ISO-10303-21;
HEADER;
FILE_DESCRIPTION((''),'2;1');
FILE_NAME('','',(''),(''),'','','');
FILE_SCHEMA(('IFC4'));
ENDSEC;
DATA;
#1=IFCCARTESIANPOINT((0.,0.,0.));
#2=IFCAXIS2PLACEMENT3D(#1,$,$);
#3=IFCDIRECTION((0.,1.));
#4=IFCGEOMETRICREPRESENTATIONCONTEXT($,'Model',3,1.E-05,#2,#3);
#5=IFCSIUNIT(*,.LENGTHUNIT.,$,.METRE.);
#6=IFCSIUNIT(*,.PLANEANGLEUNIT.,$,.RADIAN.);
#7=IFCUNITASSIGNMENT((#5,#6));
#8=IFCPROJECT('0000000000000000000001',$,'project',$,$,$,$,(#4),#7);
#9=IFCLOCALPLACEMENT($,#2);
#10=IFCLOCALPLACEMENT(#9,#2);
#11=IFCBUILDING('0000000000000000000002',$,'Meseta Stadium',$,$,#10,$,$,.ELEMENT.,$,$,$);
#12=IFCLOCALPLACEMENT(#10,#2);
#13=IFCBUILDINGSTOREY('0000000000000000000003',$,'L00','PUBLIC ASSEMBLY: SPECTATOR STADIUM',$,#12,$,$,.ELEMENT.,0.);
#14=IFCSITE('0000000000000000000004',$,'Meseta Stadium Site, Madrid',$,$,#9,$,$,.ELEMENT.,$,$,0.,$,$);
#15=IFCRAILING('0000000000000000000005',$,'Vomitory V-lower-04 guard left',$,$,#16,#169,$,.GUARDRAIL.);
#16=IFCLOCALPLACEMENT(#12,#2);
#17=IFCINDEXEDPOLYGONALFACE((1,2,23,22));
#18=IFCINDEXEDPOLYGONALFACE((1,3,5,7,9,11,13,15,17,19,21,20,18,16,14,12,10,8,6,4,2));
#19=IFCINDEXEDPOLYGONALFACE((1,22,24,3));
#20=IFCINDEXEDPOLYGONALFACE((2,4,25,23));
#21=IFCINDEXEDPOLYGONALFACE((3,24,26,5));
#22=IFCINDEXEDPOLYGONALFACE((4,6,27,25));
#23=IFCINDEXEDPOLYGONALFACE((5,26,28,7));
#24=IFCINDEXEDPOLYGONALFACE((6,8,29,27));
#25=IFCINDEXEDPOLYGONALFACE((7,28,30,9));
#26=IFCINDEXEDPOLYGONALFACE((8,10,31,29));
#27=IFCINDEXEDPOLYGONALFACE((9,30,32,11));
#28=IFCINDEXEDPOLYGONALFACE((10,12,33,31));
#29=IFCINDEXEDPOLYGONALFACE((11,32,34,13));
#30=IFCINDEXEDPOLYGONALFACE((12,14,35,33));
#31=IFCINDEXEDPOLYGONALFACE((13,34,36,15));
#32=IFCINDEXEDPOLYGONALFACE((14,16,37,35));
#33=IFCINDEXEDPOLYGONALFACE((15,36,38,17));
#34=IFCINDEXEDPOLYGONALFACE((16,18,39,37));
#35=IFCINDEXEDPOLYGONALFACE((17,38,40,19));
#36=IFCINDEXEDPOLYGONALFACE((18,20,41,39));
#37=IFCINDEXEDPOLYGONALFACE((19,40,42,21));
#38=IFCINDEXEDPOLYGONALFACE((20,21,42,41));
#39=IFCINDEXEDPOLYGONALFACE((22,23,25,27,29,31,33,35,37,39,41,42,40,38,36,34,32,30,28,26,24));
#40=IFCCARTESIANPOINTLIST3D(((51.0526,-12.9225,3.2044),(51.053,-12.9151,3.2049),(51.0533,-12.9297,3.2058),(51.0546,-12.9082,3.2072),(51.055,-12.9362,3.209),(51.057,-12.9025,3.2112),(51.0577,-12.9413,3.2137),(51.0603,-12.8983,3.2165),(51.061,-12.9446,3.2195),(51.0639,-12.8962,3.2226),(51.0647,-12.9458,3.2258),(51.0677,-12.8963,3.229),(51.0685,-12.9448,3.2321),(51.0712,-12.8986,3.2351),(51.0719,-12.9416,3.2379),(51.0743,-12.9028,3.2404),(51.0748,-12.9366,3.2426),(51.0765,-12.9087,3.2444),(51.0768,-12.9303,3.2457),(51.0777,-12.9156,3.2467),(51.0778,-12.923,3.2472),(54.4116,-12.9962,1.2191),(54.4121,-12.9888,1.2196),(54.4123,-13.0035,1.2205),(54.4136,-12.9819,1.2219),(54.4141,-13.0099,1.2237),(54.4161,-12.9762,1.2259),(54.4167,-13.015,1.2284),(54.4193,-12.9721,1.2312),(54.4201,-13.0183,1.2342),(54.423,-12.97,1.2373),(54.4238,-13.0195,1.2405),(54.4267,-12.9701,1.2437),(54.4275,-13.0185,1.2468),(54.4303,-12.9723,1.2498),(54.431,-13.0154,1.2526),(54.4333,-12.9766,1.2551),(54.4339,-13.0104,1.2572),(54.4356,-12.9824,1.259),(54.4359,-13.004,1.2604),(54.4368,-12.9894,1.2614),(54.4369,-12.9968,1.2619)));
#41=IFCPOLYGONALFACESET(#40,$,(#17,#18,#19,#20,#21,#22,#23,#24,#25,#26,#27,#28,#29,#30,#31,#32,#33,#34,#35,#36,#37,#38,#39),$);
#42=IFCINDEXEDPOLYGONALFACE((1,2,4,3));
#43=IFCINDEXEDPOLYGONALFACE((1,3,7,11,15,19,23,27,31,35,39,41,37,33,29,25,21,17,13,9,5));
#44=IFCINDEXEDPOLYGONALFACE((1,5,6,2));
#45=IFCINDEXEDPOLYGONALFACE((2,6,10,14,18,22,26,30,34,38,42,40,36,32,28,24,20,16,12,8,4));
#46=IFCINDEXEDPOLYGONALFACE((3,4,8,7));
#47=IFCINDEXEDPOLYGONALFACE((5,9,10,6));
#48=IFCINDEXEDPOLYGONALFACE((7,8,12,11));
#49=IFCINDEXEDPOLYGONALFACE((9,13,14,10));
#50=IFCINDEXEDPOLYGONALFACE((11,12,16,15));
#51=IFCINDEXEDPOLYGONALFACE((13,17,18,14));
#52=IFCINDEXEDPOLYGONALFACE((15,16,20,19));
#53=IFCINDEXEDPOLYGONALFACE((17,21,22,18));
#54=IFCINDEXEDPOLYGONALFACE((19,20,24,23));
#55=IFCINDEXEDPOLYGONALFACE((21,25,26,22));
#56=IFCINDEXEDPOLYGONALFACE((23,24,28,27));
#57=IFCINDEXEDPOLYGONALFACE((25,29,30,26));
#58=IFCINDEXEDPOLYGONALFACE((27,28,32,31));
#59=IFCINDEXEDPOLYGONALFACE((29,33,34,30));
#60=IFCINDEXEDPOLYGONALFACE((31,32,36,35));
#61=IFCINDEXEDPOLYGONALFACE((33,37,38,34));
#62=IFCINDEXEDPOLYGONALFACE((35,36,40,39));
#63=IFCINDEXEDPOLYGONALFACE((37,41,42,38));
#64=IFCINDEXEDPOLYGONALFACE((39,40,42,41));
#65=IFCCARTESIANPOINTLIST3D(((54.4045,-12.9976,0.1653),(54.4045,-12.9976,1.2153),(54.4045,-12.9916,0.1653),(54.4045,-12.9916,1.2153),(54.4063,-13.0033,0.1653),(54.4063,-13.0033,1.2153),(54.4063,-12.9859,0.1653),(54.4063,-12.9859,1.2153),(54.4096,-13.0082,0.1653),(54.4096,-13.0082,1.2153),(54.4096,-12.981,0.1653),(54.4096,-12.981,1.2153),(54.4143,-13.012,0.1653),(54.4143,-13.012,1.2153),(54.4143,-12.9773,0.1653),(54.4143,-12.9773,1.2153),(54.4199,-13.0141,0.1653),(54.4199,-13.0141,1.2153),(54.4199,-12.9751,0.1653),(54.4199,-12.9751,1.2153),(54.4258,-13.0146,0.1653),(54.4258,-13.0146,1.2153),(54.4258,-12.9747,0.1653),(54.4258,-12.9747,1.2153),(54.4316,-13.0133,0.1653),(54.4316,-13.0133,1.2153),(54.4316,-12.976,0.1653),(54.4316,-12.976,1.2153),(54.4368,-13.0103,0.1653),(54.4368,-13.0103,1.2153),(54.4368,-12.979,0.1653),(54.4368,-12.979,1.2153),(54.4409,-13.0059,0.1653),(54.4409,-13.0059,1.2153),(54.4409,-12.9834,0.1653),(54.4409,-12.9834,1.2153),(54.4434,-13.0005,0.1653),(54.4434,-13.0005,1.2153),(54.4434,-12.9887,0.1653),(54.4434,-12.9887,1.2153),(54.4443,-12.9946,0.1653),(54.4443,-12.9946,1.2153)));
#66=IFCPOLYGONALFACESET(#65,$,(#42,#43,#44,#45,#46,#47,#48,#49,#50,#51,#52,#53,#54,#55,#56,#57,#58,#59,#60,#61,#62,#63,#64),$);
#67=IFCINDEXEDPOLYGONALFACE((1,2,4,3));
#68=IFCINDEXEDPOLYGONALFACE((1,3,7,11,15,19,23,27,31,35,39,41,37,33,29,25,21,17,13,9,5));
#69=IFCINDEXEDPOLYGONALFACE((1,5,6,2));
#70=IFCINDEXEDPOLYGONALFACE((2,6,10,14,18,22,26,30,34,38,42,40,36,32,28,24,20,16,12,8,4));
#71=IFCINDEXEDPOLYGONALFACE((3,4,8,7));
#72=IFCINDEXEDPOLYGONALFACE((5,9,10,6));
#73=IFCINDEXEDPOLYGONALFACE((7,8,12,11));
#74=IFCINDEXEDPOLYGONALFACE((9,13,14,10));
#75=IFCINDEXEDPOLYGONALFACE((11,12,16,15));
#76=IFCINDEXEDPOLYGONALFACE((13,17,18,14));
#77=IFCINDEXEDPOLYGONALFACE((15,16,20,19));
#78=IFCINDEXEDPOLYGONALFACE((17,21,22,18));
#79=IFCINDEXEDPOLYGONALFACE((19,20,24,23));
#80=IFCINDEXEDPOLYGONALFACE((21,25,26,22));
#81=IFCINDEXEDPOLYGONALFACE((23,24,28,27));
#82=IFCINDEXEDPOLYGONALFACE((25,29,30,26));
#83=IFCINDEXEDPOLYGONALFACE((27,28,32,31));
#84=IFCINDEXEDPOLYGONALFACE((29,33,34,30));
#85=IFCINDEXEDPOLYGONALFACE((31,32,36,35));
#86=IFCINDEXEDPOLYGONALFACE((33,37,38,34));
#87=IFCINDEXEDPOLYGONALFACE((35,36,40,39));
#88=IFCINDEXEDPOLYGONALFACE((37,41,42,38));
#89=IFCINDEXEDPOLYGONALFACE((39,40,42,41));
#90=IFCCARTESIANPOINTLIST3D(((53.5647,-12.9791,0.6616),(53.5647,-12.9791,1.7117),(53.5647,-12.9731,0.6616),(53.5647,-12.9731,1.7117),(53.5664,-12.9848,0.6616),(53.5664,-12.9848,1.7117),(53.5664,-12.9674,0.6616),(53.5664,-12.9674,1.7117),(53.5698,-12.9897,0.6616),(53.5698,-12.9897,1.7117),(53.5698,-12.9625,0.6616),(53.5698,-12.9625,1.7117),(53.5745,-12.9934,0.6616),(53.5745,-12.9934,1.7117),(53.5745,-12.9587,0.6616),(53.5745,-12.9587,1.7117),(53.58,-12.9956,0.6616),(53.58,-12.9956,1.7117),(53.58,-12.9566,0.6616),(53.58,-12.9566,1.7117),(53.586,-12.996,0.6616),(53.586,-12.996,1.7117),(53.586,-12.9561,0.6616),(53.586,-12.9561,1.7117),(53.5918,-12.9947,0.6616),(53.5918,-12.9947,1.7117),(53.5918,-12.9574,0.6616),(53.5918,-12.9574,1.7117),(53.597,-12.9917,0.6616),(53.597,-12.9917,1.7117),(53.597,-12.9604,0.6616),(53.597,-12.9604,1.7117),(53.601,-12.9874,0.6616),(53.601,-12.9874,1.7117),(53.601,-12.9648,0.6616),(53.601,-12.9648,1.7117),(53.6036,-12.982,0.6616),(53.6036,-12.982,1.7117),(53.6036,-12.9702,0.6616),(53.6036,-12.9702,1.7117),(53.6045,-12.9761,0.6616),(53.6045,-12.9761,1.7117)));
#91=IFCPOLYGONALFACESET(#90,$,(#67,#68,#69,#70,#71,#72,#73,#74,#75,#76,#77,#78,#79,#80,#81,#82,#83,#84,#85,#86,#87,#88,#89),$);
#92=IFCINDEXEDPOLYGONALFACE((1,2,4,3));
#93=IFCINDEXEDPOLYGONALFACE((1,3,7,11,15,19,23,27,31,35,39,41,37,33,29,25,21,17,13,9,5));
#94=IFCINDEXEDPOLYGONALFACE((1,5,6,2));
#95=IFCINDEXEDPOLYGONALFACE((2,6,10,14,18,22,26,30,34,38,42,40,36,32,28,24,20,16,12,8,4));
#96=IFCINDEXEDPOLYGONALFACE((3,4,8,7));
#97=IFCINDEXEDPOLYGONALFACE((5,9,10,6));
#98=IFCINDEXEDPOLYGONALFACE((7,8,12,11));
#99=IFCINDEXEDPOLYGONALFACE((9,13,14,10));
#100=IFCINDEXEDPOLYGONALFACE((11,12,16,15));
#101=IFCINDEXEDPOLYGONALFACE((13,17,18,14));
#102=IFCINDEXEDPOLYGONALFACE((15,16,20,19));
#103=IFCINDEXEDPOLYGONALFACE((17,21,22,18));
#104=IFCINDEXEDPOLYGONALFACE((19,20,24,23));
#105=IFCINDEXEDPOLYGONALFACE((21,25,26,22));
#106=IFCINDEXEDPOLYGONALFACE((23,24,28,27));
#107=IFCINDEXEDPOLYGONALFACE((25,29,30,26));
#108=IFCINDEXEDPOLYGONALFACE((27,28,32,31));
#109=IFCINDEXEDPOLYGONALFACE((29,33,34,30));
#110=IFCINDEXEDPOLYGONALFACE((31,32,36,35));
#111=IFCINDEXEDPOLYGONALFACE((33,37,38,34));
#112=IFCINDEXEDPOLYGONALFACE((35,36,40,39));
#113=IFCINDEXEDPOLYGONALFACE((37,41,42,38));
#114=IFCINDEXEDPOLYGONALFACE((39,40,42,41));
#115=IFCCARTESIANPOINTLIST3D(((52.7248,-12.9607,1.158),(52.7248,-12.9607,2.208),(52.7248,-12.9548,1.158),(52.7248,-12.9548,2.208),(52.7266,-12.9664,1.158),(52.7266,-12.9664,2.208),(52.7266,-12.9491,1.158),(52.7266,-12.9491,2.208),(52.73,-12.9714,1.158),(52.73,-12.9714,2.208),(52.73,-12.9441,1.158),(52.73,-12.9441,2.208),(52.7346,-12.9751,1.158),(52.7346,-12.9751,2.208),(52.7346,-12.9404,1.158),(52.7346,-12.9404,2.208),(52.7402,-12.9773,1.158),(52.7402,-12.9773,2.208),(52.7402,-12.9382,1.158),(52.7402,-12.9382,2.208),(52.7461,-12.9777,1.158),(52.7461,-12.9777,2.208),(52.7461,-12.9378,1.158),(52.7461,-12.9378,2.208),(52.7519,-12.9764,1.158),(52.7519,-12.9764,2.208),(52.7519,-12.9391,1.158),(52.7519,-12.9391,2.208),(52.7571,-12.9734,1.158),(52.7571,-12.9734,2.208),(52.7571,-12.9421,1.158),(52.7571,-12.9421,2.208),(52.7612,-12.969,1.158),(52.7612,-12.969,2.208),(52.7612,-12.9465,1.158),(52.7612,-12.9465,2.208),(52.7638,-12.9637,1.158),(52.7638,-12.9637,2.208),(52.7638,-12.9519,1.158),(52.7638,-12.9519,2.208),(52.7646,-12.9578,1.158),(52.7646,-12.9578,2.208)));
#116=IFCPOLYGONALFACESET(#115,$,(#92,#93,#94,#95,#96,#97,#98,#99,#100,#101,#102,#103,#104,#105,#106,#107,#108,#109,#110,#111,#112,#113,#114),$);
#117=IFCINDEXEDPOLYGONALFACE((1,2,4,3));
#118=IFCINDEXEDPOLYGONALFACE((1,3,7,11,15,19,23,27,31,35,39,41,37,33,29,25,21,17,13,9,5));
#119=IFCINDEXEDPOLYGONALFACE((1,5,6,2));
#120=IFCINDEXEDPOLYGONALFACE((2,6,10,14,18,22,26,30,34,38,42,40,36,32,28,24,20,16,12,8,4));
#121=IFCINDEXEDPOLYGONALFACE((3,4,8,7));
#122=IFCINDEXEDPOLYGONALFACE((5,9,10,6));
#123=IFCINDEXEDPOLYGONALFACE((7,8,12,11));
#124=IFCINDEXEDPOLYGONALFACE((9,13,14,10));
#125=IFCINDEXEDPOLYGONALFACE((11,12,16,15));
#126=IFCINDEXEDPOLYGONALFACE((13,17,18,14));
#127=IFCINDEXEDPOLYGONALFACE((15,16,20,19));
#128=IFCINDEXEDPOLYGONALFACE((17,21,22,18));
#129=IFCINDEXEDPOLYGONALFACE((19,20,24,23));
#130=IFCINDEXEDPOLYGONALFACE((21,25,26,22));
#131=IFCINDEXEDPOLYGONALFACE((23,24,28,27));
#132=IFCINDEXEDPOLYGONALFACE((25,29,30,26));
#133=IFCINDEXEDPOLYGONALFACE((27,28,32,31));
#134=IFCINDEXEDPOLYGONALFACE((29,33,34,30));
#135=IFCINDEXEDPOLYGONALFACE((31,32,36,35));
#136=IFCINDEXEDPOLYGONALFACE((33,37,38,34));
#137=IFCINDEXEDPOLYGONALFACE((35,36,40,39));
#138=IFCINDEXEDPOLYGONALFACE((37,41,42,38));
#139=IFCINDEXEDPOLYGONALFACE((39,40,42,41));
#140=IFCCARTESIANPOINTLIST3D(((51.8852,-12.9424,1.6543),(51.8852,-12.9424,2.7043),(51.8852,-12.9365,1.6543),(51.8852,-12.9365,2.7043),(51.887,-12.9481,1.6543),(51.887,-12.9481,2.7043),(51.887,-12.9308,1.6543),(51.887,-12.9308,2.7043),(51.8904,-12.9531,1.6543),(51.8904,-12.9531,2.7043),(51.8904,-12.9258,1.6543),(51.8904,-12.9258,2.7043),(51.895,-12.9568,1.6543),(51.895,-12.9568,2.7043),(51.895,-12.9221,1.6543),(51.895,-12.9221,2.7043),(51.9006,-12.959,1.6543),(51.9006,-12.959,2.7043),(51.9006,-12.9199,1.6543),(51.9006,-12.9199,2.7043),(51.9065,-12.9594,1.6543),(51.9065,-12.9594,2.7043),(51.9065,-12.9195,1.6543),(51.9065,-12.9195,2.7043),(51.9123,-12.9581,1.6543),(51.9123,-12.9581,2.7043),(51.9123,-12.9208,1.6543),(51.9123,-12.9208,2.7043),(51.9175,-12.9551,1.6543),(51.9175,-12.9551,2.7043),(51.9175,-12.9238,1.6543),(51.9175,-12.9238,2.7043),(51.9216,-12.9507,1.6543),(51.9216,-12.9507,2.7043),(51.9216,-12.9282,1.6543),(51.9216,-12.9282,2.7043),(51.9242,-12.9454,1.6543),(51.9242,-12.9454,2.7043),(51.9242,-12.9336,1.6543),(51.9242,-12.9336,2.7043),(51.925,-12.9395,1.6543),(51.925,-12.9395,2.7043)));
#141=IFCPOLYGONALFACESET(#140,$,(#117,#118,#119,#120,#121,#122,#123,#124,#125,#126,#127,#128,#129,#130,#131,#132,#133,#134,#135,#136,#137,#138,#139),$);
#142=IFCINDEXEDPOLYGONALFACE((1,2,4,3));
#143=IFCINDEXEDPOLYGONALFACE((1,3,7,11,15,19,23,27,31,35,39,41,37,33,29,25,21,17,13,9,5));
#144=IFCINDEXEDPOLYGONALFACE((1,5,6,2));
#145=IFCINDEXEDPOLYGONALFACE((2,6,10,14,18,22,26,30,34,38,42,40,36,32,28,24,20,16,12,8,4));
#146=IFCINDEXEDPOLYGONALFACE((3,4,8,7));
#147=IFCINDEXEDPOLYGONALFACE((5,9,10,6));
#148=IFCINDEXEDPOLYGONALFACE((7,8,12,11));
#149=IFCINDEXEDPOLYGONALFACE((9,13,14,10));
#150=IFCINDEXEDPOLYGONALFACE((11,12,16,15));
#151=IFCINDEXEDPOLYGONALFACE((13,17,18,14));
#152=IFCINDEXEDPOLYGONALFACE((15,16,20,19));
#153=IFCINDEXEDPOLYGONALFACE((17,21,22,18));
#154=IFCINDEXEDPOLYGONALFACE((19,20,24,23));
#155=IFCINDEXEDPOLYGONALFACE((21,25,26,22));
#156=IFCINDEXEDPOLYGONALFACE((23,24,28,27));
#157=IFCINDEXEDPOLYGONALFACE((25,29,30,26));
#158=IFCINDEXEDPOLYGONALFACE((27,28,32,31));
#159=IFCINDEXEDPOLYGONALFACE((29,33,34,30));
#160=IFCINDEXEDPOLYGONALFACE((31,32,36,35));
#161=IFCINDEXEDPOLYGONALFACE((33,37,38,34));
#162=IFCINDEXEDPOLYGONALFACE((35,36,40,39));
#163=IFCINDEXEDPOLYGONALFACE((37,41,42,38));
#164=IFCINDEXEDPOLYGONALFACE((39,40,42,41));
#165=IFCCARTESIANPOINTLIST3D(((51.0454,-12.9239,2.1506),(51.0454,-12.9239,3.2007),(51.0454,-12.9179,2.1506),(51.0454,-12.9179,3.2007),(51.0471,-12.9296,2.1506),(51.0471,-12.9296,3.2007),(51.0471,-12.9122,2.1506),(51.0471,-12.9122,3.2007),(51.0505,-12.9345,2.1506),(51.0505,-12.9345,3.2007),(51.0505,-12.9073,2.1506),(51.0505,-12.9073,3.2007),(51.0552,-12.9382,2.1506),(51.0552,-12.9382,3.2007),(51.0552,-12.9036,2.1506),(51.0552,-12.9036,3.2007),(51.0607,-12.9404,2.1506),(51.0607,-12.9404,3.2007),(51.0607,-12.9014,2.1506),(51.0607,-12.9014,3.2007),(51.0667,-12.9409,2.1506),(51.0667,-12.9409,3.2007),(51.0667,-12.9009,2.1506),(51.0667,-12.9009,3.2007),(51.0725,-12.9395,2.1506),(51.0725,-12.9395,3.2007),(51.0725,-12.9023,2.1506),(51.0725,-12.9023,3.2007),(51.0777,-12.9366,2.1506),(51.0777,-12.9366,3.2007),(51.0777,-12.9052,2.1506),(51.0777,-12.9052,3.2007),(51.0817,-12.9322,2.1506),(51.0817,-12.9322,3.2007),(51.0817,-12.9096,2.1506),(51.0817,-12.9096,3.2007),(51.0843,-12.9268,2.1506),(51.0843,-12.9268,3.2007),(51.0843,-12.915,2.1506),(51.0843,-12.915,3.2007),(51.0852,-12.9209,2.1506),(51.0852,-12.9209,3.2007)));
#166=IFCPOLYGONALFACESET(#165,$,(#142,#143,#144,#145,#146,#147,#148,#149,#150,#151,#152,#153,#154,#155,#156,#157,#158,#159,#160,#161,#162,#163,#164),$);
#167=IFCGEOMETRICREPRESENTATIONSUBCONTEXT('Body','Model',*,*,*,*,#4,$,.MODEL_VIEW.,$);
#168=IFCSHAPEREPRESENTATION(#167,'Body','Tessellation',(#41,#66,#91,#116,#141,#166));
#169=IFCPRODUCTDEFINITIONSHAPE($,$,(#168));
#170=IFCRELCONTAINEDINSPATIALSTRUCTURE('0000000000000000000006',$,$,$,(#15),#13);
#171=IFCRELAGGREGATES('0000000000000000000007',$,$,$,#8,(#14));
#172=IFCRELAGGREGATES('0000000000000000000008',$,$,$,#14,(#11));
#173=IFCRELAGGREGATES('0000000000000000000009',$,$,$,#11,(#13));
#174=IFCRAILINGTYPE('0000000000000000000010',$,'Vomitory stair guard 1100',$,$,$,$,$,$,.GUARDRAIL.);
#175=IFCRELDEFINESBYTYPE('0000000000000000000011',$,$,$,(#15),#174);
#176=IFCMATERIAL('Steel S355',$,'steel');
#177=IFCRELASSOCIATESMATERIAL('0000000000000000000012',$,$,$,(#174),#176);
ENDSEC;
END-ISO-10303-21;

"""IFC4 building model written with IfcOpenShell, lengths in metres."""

from ifc_helpers import new_model, si_unit, direction, frame, origin, origin_2d, place, context, subcontext, project, spatial, circle, extrude, material, type_object, element, save


model = new_model("IFC4")

# Units and contexts
model_context = context("Model", 3, precision=1e-05, world=origin(), true_north=direction((0.0, 1.0)))
body_context = subcontext(model_context, "Body", "Model", "MODEL_VIEW")
ifc_project = project(units=[si_unit("LENGTHUNIT", "METRE"), si_unit("PLANEANGLEUNIT", "RADIAN")], contexts=[model_context])

# Site, building, storey
site_placement = place(None, origin())
site = spatial("IfcSite", under=ifc_project, at=site_placement, Name="Meseta Stadium Site, Madrid", CompositionType="ELEMENT", RefElevation=0.0)
building_placement = place(site_placement, origin())
building = spatial("IfcBuilding", under=site, at=building_placement, Name="Meseta Stadium", CompositionType="ELEMENT")
storey_placement = place(building_placement, origin())
storey = spatial("IfcBuildingStorey", under=building, at=storey_placement, Name="L00", Description="PUBLIC ASSEMBLY: SPECTATOR STADIUM", CompositionType="ELEMENT", Elevation=0.0)

# Railing
ifc_material_1 = material(Name="Steel S355", Category="steel")
railing_type_1 = type_object("IfcRailingType", Name="Vomitory stair guard 1100", PredefinedType="GUARDRAIL", material=ifc_material_1)
railing_1_placement = place(storey_placement, frame((54.4243, -12.9946, 0.1653)))
element("IfcRailing", 1, at=railing_1_placement, inside=storey, type_object=railing_type_1, Name="Vomitory V-lower-04 guard left", PredefinedType="GUARDRAIL", context=body_context, shape_type="SweptSolid", body=[
    extrude(circle(Radius=0.0249, at=origin_2d()), frame((0.0, 0.0, 1.0752), z_axis=(-0.860727, 0.018892, 0.508716), x_axis=(-0.021944, -0.999759, 0.0)), (0.0, 0.0, 1.0), 3.9026),
    extrude(circle(Radius=0.02, at=origin_2d()), origin(), (0.0, 0.0, 1.0), 1.05),
    extrude(circle(Radius=0.02, at=origin_2d()), frame((-0.8398, 0.0186, 0.4963)), (0.0, 0.0, 1.0), 1.05),
    extrude(circle(Radius=0.02, at=origin_2d()), frame((-1.6797, 0.0369, 0.9927)), (0.0, 0.0, 1.0), 1.05),
    extrude(circle(Radius=0.02, at=origin_2d()), frame((-2.5193, 0.0552, 1.489)), (0.0, 0.0, 1.0), 1.05),
    extrude(circle(Radius=0.02, at=origin_2d()), frame((-3.3591, 0.0737, 1.9854)), (0.0, 0.0, 1.0), 1.05),
])

save(model, "model.ifc")
